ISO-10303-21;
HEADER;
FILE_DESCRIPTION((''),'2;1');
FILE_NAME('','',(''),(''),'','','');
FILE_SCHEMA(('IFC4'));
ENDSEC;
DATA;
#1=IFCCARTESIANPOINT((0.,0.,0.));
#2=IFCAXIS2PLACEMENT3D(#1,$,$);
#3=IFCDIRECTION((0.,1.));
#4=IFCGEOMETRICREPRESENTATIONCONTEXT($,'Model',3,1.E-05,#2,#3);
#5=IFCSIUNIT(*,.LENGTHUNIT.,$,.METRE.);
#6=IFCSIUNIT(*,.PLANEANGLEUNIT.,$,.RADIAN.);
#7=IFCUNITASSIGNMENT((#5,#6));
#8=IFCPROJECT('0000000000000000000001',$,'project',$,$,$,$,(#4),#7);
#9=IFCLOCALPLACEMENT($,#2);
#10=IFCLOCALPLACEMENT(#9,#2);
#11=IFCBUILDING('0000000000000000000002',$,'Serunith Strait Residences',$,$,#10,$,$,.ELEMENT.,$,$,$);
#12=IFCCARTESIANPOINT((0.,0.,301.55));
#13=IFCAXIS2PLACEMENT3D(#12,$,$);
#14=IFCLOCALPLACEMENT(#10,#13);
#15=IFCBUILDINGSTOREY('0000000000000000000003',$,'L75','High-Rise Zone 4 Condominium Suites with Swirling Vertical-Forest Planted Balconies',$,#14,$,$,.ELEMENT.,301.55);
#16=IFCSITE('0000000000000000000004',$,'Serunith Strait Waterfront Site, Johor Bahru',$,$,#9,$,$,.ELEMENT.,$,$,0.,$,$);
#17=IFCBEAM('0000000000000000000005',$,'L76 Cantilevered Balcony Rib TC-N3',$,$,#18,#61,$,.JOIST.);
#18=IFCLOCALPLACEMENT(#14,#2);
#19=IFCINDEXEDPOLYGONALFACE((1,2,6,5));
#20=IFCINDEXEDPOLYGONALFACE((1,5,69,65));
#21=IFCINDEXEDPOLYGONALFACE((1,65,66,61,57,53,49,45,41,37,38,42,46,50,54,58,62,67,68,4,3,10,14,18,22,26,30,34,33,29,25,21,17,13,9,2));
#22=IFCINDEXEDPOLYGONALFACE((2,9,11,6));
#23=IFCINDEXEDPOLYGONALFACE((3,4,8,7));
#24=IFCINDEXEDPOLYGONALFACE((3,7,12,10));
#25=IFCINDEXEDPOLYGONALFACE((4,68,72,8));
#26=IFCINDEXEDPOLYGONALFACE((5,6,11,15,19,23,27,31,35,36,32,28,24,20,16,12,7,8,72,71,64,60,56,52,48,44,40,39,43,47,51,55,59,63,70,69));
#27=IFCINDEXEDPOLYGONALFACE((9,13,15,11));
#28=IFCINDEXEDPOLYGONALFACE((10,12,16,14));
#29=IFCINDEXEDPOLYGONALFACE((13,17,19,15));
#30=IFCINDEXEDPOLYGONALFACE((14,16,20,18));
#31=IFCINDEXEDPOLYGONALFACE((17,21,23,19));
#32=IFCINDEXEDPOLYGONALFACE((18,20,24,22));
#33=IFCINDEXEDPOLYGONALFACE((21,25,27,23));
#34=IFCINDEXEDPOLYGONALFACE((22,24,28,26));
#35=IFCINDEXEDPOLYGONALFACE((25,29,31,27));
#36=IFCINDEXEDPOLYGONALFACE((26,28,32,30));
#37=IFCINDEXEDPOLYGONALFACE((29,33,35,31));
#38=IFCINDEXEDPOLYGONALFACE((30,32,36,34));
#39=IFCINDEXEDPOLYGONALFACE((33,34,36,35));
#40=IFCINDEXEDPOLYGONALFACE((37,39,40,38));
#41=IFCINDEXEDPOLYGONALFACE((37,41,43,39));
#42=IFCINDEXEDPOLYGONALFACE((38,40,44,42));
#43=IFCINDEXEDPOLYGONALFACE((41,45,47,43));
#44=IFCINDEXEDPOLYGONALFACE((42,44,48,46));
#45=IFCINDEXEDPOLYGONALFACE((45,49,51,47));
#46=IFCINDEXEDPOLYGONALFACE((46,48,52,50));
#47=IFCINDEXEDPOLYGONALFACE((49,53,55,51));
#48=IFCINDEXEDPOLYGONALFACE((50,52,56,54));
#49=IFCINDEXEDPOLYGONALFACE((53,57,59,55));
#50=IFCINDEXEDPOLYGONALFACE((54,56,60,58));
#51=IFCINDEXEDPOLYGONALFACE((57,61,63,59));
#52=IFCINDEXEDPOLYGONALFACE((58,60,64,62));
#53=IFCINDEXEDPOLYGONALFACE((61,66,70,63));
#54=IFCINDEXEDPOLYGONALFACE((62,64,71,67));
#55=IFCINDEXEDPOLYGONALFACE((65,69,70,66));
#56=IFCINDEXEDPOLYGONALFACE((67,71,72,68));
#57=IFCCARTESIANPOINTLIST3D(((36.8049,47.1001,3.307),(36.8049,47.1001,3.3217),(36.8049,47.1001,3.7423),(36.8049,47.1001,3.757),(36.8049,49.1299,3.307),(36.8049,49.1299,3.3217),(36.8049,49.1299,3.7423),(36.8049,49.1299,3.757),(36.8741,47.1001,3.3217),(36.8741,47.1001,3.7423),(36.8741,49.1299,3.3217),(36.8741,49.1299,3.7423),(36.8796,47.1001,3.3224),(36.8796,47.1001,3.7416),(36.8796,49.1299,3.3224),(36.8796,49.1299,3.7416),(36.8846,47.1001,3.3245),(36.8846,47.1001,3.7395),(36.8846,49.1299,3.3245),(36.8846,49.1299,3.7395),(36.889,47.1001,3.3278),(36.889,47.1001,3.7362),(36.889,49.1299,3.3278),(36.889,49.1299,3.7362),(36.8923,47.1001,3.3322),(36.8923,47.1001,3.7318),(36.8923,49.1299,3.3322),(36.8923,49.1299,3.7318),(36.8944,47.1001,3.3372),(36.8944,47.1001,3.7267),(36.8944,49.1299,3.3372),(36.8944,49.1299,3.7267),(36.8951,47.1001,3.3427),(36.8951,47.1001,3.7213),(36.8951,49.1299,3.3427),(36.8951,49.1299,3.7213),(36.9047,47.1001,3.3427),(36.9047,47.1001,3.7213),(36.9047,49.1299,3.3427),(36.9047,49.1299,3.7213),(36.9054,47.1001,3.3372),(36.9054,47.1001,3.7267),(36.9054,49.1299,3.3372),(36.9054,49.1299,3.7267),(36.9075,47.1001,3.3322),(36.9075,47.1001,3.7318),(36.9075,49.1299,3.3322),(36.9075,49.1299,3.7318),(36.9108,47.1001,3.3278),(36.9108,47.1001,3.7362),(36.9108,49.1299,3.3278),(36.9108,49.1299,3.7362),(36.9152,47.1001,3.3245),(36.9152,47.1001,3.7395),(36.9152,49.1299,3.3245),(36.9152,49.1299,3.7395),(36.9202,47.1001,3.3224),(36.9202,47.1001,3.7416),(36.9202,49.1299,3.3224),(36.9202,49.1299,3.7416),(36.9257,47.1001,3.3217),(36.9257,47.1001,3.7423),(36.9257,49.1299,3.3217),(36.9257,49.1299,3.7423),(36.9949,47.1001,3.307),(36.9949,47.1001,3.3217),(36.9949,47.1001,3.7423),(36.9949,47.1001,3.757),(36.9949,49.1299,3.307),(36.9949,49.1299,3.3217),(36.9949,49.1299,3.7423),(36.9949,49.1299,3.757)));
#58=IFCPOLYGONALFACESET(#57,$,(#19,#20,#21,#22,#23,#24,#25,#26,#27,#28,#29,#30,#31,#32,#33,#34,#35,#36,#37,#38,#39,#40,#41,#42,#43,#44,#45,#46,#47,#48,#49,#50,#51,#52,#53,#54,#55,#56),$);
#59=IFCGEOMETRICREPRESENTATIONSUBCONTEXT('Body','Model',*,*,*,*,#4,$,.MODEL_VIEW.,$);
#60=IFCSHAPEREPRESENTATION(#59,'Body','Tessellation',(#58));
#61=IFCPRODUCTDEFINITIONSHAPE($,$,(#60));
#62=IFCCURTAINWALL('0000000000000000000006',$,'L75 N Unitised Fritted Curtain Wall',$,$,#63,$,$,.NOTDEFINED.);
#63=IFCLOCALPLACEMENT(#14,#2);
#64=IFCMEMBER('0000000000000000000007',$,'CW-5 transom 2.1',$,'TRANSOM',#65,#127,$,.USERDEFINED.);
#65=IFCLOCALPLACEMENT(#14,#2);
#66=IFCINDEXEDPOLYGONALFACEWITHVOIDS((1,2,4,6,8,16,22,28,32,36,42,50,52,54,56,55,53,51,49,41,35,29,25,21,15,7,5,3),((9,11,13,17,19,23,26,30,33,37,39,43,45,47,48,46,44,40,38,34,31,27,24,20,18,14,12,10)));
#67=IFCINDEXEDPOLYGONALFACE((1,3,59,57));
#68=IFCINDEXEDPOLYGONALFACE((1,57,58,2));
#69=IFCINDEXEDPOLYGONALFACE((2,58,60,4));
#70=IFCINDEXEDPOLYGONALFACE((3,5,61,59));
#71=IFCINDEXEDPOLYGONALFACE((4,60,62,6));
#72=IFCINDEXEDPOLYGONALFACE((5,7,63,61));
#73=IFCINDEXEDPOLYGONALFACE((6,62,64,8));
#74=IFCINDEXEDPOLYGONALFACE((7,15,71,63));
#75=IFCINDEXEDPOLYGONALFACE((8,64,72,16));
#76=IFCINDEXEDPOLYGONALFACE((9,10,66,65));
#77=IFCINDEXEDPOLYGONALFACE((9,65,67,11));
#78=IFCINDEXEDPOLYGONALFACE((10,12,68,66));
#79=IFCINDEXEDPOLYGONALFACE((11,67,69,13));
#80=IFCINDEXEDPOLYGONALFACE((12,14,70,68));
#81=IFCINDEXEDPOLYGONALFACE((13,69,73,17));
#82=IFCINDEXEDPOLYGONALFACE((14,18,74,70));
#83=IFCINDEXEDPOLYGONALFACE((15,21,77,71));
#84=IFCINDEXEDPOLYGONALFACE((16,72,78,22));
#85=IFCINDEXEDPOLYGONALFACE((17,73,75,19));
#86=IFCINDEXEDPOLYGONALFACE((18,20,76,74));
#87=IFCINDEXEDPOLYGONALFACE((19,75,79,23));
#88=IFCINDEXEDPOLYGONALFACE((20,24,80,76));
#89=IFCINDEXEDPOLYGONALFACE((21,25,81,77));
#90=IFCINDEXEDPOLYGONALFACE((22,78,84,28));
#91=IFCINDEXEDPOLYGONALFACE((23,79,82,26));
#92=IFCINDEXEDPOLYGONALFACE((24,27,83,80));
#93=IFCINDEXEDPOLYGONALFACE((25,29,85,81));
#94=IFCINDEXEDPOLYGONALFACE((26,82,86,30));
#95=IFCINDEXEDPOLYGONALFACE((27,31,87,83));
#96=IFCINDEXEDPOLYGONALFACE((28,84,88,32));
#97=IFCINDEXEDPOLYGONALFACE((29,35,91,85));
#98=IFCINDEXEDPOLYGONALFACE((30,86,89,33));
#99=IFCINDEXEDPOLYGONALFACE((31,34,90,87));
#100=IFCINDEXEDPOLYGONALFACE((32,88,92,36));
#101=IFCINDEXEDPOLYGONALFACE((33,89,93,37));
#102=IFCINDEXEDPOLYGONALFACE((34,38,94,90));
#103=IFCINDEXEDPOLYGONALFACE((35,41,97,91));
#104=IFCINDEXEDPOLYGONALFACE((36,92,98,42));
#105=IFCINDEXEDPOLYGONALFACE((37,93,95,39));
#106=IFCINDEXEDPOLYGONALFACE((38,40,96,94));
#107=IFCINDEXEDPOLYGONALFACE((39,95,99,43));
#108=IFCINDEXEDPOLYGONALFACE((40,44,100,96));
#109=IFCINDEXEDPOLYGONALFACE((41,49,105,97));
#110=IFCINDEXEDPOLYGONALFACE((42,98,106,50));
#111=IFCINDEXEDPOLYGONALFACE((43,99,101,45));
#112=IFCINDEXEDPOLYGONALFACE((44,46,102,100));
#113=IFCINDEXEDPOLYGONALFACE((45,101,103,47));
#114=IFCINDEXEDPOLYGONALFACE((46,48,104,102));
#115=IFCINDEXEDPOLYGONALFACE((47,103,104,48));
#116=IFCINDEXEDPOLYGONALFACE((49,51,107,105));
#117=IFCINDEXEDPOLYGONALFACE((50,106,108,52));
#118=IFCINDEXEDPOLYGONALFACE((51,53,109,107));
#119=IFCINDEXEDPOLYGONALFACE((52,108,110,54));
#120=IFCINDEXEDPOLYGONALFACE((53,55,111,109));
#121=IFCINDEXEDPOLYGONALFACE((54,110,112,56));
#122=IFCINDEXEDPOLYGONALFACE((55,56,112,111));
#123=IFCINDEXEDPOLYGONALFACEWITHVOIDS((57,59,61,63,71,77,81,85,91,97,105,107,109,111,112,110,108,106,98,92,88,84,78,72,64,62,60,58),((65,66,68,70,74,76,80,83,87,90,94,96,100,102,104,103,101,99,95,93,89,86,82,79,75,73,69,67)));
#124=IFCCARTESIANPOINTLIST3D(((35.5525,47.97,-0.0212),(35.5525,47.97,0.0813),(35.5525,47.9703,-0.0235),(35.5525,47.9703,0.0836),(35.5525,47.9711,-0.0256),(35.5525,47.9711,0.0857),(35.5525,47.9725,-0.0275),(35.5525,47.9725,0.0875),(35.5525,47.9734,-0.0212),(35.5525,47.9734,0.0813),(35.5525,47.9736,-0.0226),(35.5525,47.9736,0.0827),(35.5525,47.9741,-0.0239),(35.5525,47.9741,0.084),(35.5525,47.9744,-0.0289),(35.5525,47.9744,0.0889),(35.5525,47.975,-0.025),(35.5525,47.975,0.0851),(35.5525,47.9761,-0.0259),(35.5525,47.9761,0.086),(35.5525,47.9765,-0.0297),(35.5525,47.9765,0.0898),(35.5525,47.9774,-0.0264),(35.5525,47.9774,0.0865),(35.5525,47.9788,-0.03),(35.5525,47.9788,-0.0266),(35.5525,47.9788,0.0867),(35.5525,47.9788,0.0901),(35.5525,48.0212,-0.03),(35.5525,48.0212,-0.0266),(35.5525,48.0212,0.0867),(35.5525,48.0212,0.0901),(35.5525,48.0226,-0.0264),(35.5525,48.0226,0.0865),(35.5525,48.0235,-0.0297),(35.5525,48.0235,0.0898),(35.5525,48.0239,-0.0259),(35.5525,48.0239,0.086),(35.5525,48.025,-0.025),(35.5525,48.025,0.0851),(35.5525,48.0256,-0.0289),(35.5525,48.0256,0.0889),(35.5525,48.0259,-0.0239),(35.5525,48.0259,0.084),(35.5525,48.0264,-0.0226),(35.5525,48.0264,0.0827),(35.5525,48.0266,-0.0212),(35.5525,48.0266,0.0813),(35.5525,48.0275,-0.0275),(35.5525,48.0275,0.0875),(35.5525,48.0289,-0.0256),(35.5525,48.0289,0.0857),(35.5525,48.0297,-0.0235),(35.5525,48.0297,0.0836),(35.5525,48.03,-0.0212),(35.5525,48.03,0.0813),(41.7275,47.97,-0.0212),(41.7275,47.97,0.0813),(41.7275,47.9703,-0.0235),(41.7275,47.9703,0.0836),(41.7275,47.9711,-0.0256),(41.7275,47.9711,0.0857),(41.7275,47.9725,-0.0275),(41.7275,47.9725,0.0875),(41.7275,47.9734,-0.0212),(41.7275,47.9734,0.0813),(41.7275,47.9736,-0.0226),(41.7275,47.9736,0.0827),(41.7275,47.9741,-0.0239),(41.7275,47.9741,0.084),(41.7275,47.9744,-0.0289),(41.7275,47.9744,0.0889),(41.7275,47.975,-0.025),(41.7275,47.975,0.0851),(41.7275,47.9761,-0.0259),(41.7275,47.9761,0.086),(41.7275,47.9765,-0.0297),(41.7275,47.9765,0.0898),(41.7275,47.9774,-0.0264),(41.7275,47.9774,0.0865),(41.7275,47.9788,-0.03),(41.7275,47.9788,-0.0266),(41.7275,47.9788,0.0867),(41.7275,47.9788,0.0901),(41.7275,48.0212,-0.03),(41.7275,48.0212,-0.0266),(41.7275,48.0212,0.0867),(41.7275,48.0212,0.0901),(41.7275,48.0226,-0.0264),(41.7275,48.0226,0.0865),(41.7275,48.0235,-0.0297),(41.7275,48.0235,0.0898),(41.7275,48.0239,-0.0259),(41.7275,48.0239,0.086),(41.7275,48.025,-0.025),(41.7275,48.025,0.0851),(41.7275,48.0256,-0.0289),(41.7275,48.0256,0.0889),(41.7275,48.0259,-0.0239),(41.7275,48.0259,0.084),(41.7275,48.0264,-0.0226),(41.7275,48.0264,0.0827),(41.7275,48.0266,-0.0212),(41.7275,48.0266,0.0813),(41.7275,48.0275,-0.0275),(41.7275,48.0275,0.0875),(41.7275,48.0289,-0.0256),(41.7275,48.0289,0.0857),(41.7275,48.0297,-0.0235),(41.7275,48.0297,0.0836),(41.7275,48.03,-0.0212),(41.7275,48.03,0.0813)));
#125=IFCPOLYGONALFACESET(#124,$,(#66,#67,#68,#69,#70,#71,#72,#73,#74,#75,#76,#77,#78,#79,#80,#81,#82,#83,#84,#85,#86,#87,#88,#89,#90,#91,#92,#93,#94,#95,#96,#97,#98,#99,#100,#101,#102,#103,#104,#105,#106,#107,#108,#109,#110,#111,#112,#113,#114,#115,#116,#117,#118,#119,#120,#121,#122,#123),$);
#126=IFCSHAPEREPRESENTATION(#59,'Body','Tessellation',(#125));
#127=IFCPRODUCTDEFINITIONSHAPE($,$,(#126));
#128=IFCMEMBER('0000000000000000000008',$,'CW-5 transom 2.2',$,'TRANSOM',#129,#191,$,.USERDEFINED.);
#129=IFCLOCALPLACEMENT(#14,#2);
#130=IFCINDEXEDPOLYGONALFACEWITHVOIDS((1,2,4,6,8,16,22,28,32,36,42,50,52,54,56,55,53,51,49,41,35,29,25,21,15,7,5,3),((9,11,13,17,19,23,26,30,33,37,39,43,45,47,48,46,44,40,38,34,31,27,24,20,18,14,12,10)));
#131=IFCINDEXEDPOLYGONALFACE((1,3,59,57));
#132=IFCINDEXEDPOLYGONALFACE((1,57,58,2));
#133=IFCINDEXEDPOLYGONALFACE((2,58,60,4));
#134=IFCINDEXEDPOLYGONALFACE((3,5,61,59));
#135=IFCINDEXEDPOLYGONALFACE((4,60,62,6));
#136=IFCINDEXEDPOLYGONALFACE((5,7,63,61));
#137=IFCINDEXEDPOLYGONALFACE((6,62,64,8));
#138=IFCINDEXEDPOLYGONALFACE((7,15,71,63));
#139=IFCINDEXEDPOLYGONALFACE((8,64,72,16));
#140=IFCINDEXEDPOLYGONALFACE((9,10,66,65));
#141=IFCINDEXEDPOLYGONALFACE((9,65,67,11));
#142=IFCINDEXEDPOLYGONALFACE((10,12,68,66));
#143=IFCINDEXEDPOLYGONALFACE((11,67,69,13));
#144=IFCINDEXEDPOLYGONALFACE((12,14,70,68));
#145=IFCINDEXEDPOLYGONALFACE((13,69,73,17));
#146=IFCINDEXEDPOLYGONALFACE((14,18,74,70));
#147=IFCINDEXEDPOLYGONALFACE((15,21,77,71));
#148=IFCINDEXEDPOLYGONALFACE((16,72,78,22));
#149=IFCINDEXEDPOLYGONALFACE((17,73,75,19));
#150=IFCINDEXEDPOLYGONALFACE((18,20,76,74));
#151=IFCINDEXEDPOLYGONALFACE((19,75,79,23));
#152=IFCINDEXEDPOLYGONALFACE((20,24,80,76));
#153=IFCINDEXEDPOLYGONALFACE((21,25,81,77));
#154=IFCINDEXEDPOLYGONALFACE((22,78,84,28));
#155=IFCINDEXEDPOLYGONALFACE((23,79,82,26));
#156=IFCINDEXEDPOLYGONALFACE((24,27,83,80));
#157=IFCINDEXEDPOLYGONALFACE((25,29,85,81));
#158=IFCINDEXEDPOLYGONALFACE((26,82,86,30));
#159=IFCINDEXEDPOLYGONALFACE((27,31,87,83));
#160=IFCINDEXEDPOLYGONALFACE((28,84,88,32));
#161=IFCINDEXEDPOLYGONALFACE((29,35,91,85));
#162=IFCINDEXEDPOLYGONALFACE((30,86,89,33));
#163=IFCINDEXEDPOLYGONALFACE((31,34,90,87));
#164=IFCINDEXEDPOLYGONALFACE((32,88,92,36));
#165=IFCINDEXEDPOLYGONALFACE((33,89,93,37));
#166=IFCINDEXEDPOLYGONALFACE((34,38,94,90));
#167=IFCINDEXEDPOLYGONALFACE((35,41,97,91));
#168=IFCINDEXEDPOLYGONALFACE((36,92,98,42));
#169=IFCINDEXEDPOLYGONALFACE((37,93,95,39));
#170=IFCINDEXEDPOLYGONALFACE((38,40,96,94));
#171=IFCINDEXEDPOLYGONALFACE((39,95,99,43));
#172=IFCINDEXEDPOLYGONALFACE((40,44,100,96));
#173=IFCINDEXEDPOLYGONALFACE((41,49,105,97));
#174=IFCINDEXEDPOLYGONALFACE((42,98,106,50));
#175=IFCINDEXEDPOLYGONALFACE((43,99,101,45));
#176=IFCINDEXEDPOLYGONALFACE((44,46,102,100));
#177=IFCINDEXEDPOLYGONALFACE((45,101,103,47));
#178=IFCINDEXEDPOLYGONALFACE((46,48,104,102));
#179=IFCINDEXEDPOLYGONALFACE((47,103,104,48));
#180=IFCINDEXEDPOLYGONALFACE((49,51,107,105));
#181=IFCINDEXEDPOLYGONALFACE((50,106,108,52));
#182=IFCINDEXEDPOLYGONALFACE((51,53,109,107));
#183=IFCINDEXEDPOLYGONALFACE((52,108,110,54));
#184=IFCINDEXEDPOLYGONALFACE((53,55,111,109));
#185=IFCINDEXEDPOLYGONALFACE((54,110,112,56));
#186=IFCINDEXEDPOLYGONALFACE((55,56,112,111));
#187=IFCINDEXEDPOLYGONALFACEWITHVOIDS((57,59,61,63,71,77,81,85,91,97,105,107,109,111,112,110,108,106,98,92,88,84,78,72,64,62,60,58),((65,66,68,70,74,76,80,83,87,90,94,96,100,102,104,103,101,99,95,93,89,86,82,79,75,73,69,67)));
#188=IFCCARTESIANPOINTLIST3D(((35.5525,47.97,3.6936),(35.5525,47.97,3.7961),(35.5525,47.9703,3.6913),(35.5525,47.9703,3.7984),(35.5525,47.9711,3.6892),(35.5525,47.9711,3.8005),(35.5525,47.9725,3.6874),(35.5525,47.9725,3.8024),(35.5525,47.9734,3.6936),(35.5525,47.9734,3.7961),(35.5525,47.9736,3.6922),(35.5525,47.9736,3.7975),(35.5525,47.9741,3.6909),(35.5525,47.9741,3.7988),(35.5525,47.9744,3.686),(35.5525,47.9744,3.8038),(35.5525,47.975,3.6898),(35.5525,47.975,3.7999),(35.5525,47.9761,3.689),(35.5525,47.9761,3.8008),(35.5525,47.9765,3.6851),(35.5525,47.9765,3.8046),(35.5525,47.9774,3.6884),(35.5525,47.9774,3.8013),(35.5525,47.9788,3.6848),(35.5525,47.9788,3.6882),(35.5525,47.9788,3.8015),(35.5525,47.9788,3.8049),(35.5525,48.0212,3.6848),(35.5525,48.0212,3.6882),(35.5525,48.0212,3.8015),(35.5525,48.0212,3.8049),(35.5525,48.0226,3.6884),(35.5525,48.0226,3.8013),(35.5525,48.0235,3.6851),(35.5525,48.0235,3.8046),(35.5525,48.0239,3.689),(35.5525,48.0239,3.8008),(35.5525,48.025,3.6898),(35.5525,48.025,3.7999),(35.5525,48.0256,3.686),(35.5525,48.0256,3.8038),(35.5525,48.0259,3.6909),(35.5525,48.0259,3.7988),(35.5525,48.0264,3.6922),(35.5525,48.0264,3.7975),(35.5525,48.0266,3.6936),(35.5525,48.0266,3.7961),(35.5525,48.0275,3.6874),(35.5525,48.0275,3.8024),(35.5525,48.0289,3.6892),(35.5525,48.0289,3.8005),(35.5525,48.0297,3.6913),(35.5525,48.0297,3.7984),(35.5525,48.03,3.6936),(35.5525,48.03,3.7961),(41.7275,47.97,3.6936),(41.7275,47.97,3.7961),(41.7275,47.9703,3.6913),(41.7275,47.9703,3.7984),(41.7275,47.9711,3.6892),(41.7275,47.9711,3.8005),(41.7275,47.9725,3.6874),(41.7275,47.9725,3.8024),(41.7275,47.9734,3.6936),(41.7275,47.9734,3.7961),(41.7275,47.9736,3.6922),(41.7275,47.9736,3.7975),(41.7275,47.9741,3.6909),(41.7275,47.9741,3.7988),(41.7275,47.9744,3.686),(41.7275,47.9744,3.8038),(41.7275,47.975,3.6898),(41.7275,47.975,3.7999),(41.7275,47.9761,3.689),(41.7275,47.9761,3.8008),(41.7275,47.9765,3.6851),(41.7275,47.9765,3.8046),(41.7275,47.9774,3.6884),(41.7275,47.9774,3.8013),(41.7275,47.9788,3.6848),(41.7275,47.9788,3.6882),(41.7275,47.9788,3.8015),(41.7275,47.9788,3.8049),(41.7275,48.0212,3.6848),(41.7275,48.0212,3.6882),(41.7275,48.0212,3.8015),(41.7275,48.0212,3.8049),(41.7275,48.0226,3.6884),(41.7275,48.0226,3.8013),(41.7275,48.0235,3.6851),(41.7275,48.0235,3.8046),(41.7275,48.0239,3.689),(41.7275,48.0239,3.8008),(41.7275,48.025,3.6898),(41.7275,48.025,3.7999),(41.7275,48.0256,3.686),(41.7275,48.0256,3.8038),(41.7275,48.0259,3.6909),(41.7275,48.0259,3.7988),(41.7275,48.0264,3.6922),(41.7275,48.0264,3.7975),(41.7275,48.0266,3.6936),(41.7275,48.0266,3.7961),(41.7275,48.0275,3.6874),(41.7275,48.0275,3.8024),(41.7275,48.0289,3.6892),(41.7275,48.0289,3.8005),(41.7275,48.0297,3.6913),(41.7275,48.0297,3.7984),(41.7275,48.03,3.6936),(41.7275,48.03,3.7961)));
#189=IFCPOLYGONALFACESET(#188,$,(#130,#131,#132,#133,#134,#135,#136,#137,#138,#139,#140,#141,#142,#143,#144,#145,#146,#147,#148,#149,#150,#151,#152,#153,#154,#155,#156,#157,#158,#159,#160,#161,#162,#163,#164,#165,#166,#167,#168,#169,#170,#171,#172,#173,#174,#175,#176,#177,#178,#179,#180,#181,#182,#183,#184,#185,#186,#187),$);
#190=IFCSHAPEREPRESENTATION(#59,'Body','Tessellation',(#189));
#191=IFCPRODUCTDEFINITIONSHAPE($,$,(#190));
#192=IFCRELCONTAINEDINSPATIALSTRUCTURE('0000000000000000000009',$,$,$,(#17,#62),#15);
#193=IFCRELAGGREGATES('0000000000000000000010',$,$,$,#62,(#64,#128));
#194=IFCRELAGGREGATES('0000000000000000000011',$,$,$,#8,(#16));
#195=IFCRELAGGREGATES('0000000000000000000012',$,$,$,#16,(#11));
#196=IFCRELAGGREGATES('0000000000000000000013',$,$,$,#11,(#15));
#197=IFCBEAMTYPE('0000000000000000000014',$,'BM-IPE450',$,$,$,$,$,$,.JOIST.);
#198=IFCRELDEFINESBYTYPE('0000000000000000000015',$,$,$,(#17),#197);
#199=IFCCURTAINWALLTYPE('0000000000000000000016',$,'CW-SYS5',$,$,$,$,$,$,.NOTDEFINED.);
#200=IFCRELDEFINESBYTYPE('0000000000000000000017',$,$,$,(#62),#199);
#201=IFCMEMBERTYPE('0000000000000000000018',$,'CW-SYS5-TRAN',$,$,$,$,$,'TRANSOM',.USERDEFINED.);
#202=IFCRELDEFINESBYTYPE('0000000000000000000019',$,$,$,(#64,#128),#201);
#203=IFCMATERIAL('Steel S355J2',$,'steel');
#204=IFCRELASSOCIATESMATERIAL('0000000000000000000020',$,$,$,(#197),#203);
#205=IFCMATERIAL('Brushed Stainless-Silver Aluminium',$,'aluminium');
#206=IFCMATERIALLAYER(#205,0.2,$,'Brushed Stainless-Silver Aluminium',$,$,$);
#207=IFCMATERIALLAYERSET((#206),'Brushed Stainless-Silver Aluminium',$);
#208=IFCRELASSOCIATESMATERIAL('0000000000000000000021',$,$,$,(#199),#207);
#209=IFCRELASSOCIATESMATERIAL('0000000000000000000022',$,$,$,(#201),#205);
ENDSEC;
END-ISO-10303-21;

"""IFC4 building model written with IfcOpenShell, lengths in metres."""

from ifc_helpers import new_model, si_unit, direction, frame, origin, origin_2d, place, context, subcontext, project, spatial, hollow_rectangle, i_section, extrude, source, transform, mapped, material, layer, layer_set, material_profile, profile_set, type_object, element, aggregate, save


model = new_model("IFC4")

# Units and contexts
model_context = context("Model", 3, precision=1e-05, world=origin(), true_north=direction((0.0, 1.0)))
body_context = subcontext(model_context, "Body", "Model", "MODEL_VIEW")
ifc_project = project(units=[si_unit("LENGTHUNIT", "METRE"), si_unit("PLANEANGLEUNIT", "RADIAN")], contexts=[model_context])

# Site, building, storey
site_placement = place(None, origin())
site = spatial("IfcSite", under=ifc_project, at=site_placement, Name="Serunith Strait Waterfront Site, Johor Bahru", CompositionType="ELEMENT", RefElevation=0.0)
building_placement = place(site_placement, origin())
building = spatial("IfcBuilding", under=site, at=building_placement, Name="Serunith Strait Residences", CompositionType="ELEMENT")
storey_placement = place(building_placement, frame((0.0, 0.0, 301.55)))
storey = spatial("IfcBuildingStorey", under=building, at=storey_placement, Name="L75", Description="High-Rise Zone 4 Condominium Suites with Swirling Vertical-Forest Planted Balconies", CompositionType="ELEMENT", Elevation=301.55)

# Beam
ifc_material_1 = material(Name="Steel S355J2", Category="steel")
ifc_material_profile_1 = material_profile(ifc_material_1, i_section(OverallWidth=0.1899, OverallDepth=0.45, WebThickness=0.0095, FlangeThickness=0.0146, FilletRadius=0.021, at=origin_2d()), Name="IPE 450")
ifc_profile_set_1 = profile_set([ifc_material_profile_1], Name="Steel S355J2")
beam_type_1 = type_object("IfcBeamType", Name="BM-IPE450", PredefinedType="JOIST", material=ifc_profile_set_1)
shared_shape_1 = source(origin(), body_context, "Body", "SweptSolid", [
    extrude(i_section(OverallWidth=0.1899, OverallDepth=0.45, WebThickness=0.0095, FlangeThickness=0.0146, FilletRadius=0.021, at=origin_2d()), origin(), (0.0, 0.0, 1.0), 2.0298),
])
beam_1_placement = place(storey_placement, frame((36.8999, 47.1001, 3.532), z_axis=(0.0, 1.0, 0.0), x_axis=(-1.0, 0.0, 0.0)))
element("IfcBeam", 1, at=beam_1_placement, inside=storey, type_object=beam_type_1, Name="L76 Cantilevered Balcony Rib TC-N3", PredefinedType="JOIST", context=body_context, shape_type="MappedRepresentation", body=[
    mapped(shared_shape_1, transform((0.0, 0.0, 0.0), scale=1.0)),
])

# Curtain wall, members
ifc_material_2 = material(Name="Brushed Stainless-Silver Aluminium", Category="aluminium")
ifc_layer_1 = layer(ifc_material_2, 0.2, Name="Brushed Stainless-Silver Aluminium")
ifc_layer_set_1 = layer_set([ifc_layer_1], Name="Brushed Stainless-Silver Aluminium")
curtain_wall_type = type_object("IfcCurtainWallType", Name="CW-SYS5", PredefinedType="NOTDEFINED", material=ifc_layer_set_1)
curtain_wall_placement = place(storey_placement, origin())
curtain_wall = element("IfcCurtainWall", 2, at=curtain_wall_placement, inside=storey, type_object=curtain_wall_type, Name="L75 N Unitised Fritted Curtain Wall", PredefinedType="NOTDEFINED")
ifc_material_profile_2 = material_profile(ifc_material_2, hollow_rectangle(XDim=0.0601, YDim=0.1201, WallThickness=0.0034, InnerFilletRadius=0.0054, OuterFilletRadius=0.0088, at=origin_2d()), Name="ALU 120x60x3.5")
ifc_profile_set_2 = profile_set([ifc_material_profile_2], Name="Brushed Stainless-Silver Aluminium")
member_type_1 = type_object("IfcMemberType", Name="CW-SYS5-TRAN", ElementType="TRANSOM", PredefinedType="USERDEFINED", material=ifc_profile_set_2)
shared_shape_2 = source(origin(), body_context, "Body", "SweptSolid", [
    extrude(hollow_rectangle(XDim=0.0601, YDim=0.1201, WallThickness=0.0034, InnerFilletRadius=0.0054, OuterFilletRadius=0.0088, at=origin_2d()), origin(), (0.0, 0.0, 1.0), 6.175),
])
member_1_placement = place(storey_placement, frame((41.7275, 48.0, 0.03), z_axis=(-1.0, 0.0, 0.0), x_axis=(0.0, -1.0, 0.0)))
member_1 = element("IfcMember", 3, at=member_1_placement, type_object=member_type_1, Name="CW-5 transom 2.1", ObjectType="TRANSOM", PredefinedType="USERDEFINED", context=body_context, shape_type="MappedRepresentation", body=[
    mapped(shared_shape_2, transform((0.0, 0.0, 0.0), scale=1.0)),
])
member_2_placement = place(storey_placement, frame((41.7275, 48.0, 3.7449), z_axis=(-1.0, 0.0, 0.0), x_axis=(0.0, -1.0, 0.0)))
member_2 = element("IfcMember", 4, at=member_2_placement, type_object=member_type_1, Name="CW-5 transom 2.2", ObjectType="TRANSOM", PredefinedType="USERDEFINED", context=body_context, shape_type="MappedRepresentation", body=[
    mapped(shared_shape_2, transform((0.0, 0.0, 0.0), scale=1.0)),
])
aggregate(curtain_wall, [member_1, member_2])

save(model, "model.ifc")
